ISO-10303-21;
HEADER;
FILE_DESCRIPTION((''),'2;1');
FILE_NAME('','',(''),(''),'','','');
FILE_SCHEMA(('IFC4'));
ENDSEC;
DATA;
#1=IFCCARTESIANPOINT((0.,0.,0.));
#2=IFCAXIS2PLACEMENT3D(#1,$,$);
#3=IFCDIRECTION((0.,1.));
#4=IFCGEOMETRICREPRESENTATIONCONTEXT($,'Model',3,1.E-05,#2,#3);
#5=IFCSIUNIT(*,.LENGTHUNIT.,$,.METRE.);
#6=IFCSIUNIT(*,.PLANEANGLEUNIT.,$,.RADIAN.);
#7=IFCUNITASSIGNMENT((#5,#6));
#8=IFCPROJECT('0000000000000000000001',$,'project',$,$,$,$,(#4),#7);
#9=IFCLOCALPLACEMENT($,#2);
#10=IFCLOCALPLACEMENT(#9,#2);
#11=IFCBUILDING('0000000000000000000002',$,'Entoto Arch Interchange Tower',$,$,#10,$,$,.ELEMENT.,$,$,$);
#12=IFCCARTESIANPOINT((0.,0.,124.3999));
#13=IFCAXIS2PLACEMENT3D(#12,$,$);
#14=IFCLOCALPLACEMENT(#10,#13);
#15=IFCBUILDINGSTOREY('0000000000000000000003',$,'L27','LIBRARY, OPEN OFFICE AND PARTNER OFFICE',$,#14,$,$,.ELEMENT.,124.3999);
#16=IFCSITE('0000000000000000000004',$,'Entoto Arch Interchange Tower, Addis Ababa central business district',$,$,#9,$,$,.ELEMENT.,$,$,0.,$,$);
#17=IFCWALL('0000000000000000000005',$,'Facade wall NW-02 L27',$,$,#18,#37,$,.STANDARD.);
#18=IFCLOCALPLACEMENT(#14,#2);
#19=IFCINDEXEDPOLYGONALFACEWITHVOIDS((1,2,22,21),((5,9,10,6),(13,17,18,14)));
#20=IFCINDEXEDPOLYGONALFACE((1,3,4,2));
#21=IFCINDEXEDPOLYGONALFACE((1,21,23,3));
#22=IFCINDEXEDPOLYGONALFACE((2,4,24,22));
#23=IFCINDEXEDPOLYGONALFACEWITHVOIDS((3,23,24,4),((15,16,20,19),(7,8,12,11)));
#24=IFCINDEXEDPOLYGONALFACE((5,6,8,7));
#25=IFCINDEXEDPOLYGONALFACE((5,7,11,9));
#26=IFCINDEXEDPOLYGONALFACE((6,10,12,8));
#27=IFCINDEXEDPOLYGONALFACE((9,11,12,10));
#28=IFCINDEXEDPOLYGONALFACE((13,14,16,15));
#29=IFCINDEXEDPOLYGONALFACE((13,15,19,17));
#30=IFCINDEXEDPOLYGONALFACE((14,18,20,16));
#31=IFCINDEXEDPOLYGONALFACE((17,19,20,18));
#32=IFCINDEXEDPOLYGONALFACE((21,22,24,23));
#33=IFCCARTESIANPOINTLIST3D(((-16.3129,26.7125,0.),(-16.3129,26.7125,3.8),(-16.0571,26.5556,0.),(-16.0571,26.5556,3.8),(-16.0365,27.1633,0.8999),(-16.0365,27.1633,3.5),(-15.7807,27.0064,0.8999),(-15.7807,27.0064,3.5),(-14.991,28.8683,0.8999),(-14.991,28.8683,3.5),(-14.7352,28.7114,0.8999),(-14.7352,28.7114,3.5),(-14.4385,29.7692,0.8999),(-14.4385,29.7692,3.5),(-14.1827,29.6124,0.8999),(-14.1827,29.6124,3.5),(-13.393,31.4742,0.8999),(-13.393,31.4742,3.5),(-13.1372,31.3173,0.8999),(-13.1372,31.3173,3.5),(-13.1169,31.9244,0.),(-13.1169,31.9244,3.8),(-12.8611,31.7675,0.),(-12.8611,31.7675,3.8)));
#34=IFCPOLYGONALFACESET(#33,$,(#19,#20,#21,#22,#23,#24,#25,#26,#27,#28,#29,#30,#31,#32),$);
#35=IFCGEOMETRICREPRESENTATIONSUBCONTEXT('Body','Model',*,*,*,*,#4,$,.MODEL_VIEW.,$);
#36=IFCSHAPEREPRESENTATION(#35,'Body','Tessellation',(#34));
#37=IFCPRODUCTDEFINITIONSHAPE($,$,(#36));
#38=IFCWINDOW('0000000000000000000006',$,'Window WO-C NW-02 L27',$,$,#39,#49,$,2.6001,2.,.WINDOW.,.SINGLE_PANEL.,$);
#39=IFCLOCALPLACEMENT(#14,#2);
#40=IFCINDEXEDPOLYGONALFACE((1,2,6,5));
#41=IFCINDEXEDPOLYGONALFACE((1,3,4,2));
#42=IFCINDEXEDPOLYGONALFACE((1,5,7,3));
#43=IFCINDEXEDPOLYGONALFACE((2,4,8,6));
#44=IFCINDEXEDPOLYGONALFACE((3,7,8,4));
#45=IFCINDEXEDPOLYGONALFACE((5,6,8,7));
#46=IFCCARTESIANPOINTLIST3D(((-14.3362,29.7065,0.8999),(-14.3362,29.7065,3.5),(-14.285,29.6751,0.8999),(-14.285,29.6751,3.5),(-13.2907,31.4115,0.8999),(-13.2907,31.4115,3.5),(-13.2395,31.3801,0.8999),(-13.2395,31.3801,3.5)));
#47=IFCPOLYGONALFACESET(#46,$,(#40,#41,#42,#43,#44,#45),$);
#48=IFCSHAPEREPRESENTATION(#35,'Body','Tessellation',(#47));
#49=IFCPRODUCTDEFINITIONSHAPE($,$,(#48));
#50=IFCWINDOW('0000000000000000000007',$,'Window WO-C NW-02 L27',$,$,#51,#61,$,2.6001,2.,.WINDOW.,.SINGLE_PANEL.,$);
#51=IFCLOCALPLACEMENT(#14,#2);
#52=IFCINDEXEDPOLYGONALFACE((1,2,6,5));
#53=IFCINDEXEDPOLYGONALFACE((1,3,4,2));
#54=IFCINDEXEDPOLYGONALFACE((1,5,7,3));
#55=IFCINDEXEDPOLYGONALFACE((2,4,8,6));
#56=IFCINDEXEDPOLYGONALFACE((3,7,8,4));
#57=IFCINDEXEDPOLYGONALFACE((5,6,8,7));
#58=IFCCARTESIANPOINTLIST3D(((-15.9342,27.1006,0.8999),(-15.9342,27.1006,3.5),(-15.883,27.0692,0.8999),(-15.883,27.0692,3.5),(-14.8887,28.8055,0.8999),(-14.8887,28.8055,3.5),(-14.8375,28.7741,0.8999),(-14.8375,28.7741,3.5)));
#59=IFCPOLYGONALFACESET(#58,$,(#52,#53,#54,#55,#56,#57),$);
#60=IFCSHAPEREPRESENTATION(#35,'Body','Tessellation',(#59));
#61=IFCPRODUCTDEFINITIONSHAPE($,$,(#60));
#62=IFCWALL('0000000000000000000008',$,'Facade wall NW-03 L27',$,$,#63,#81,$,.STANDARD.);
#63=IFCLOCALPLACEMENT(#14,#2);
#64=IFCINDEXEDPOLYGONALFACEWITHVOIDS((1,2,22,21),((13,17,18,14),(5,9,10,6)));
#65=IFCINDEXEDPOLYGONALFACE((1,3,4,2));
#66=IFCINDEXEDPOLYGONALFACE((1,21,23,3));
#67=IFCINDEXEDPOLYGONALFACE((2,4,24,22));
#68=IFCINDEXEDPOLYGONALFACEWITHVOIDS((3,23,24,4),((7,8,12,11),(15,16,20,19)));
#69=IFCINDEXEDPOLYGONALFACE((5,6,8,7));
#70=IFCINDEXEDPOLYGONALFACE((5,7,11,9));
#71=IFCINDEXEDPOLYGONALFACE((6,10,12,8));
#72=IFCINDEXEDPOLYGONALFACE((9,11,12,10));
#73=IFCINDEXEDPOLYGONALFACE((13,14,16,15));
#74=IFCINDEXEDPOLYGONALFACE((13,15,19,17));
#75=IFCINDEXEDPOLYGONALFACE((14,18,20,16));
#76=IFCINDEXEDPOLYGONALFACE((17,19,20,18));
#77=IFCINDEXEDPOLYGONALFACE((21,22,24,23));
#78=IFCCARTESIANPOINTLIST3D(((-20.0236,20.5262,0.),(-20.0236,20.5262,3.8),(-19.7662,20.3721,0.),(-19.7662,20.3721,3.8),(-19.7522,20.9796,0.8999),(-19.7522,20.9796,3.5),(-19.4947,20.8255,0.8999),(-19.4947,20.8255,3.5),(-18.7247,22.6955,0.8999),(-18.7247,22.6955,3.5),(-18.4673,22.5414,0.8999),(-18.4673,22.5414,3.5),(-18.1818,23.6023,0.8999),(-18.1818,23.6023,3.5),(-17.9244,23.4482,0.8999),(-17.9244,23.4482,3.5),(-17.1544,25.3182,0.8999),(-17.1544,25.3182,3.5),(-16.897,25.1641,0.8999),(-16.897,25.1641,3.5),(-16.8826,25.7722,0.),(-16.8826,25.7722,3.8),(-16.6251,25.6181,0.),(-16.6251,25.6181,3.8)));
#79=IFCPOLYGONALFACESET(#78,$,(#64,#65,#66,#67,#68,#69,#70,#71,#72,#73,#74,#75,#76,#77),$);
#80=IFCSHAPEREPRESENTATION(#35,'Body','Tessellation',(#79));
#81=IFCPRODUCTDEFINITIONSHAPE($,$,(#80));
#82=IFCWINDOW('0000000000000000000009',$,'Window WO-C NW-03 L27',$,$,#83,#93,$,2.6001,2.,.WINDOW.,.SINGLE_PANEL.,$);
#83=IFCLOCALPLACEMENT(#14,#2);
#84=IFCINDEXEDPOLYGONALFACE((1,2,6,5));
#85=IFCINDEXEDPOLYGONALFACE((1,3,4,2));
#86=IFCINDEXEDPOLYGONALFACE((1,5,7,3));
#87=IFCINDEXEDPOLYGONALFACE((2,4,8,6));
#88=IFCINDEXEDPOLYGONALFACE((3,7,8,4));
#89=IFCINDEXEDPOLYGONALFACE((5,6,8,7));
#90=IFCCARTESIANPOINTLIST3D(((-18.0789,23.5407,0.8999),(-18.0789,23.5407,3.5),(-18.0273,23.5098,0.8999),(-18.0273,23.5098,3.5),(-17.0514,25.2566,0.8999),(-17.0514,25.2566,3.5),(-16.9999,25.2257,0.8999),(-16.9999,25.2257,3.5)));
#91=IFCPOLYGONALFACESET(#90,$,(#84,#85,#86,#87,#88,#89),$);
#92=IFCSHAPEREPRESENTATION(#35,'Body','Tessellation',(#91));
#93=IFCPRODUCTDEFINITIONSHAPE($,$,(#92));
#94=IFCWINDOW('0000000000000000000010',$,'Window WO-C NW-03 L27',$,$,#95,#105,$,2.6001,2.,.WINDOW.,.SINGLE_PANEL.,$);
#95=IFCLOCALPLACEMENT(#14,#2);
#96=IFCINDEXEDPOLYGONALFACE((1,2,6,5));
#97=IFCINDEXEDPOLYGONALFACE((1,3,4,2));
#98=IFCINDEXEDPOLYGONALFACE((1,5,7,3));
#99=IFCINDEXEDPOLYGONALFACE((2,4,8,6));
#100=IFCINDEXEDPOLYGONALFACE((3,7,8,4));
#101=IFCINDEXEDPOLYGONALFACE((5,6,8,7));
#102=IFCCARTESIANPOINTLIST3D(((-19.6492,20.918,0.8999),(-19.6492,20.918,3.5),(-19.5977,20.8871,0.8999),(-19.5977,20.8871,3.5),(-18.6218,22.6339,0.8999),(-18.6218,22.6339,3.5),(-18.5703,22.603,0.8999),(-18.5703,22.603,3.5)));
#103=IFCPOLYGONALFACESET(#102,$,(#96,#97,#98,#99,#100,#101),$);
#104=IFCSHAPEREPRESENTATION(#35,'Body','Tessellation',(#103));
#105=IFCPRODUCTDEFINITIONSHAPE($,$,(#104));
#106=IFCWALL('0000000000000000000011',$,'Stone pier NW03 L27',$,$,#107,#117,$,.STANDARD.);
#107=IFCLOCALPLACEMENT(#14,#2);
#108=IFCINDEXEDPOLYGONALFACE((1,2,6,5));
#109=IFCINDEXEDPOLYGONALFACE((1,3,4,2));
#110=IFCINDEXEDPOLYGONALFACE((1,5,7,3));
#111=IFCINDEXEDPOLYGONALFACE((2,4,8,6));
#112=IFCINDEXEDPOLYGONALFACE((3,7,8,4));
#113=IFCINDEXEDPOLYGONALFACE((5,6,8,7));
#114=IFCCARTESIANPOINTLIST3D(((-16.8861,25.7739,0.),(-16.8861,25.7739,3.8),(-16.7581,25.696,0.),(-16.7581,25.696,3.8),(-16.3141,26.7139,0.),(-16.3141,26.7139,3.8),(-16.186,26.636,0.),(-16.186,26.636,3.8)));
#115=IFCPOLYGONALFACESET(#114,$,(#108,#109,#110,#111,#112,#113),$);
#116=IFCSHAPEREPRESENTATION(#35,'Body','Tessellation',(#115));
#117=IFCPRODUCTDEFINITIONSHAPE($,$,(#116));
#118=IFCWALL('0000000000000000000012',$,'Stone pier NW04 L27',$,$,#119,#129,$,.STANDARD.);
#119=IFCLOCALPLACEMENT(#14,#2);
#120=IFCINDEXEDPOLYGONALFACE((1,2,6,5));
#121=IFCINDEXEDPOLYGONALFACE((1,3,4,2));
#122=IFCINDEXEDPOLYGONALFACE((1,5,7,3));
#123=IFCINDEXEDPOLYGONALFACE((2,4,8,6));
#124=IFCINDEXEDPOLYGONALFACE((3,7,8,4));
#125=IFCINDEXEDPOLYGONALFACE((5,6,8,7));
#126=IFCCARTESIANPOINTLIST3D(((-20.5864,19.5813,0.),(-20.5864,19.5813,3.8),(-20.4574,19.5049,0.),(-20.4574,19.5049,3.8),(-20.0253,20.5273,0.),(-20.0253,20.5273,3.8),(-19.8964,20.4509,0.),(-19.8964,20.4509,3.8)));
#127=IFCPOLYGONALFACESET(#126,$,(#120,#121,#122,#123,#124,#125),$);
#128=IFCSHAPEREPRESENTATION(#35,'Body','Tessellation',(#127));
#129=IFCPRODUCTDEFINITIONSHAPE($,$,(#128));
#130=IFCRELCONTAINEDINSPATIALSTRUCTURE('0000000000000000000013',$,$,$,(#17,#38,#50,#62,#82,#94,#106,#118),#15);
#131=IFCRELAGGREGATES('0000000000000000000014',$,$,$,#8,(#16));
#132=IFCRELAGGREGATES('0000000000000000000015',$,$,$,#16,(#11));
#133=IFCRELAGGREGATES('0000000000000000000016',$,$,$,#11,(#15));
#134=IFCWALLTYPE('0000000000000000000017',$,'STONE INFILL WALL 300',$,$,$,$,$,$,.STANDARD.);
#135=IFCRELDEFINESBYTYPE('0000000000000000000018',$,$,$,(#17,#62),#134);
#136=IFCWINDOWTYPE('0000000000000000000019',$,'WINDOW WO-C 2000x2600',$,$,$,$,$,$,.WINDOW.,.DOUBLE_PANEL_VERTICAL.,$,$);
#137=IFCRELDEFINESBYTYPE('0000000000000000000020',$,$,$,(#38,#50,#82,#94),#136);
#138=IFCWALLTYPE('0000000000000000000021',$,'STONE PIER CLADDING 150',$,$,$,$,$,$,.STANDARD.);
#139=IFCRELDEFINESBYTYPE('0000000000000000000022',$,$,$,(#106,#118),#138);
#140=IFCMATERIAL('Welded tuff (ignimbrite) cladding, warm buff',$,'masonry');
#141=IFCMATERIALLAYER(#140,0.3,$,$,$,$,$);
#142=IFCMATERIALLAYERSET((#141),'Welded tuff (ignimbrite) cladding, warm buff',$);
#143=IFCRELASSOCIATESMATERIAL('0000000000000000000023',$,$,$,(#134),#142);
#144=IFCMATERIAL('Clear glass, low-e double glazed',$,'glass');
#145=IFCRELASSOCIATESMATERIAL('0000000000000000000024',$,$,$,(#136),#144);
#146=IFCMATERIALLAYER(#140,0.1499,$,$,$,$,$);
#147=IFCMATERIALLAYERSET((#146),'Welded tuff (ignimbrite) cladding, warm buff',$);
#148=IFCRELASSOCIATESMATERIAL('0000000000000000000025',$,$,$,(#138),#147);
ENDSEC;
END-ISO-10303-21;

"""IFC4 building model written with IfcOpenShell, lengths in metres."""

from ifc_helpers import new_model, si_unit, direction, frame, frame_2d, origin, place, context, subcontext, project, spatial, rectangle, extrude, material, layer, layer_set, type_object, element, fill, save


model = new_model("IFC4")

# Units and contexts
model_context = context("Model", 3, precision=1e-05, world=origin(), true_north=direction((0.0, 1.0)))
body_context = subcontext(model_context, "Body", "Model", "MODEL_VIEW")
ifc_project = project(units=[si_unit("LENGTHUNIT", "METRE"), si_unit("PLANEANGLEUNIT", "RADIAN")], contexts=[model_context])

# Site, building, storey
site_placement = place(None, origin())
site = spatial("IfcSite", under=ifc_project, at=site_placement, Name="Entoto Arch Interchange Tower, Addis Ababa central business district", CompositionType="ELEMENT", RefElevation=0.0)
building_placement = place(site_placement, origin())
building = spatial("IfcBuilding", under=site, at=building_placement, Name="Entoto Arch Interchange Tower", CompositionType="ELEMENT")
storey_placement = place(building_placement, frame((0.0, 0.0, 124.3999)))
storey = spatial("IfcBuildingStorey", under=building, at=storey_placement, Name="L27", Description="LIBRARY, OPEN OFFICE AND PARTNER OFFICE", CompositionType="ELEMENT", Elevation=124.3999)

# Walls, openings, windows
ifc_material_1 = material(Name="Welded tuff (ignimbrite) cladding, warm buff", Category="masonry")
ifc_layer_1 = layer(ifc_material_1, 0.3)
ifc_layer_set_1 = layer_set([ifc_layer_1], Name="Welded tuff (ignimbrite) cladding, warm buff")
wall_type_1 = type_object("IfcWallType", Name="STONE INFILL WALL 300", PredefinedType="STANDARD", material=ifc_layer_set_1)
wall_1_placement = place(storey_placement, frame((-12.989, 31.8459, 0.0), z_axis=(0.0, 0.0, 1.0), x_axis=(-0.522758, -0.852481, 0.0)))
wall_1 = element("IfcWall", 1, at=wall_1_placement, inside=storey, type_object=wall_type_1, Name="Facade wall NW-02 L27", PredefinedType="STANDARD", context=body_context, shape_type="SweptSolid", body=[
    extrude(rectangle(XDim=6.1138, YDim=0.3, at=frame_2d((3.0569, 0.0))), origin(), (0.0, 0.0, 1.0), 3.8),
])
opening_1_placement = place(wall_1_placement, frame((0.5281, 0.0, 0.8999)))
opening_1 = element("IfcOpeningElement", 2, at=opening_1_placement, cuts=wall_1, PredefinedType="OPENING", context=body_context, shape_type="SweptSolid", body=[
    extrude(rectangle(XDim=2.0, YDim=2.6001, at=frame_2d((1.0, 1.3))), frame((0.0, 0.1602, 0.0), z_axis=(0.0, -1.0, 0.0), x_axis=(1.0, 0.0, 0.0)), (0.0, 0.0, 1.0), 0.3201),
])
opening_2_placement = place(wall_1_placement, frame((3.585, 0.0, 0.8999)))
opening_2 = element("IfcOpeningElement", 3, at=opening_2_placement, cuts=wall_1, PredefinedType="OPENING", context=body_context, shape_type="SweptSolid", body=[
    extrude(rectangle(XDim=2.0, YDim=2.6001, at=frame_2d((1.0, 1.3))), frame((0.0, 0.1602, 0.0), z_axis=(0.0, -1.0, 0.0), x_axis=(1.0, 0.0, 0.0)), (0.0, 0.0, 1.0), 0.3201),
])
ifc_material_2 = material(Name="Clear glass, low-e double glazed", Category="glass")
window_type = type_object("IfcWindowType", Name="WINDOW WO-C 2000x2600", PartitioningType="DOUBLE_PANEL_VERTICAL", PredefinedType="WINDOW", material=ifc_material_2)
window_1_placement = place(opening_1_placement, origin())
window_1 = element("IfcWindow", 4, at=window_1_placement, inside=storey, type_object=window_type, Name="Window WO-C NW-02 L27", OverallHeight=2.6001, OverallWidth=2.0, PartitioningType="SINGLE_PANEL", PredefinedType="WINDOW", context=body_context, shape_type="SweptSolid", body=[
    extrude(rectangle(XDim=2.0, YDim=2.6001, at=frame_2d((1.0, 1.3))), frame((0.0, 0.03, 0.0), z_axis=(0.0, -1.0, 0.0), x_axis=(1.0, 0.0, 0.0)), (0.0, 0.0, 1.0), 0.0601),
])
fill(opening_1, window_1)
window_2_placement = place(opening_2_placement, origin())
window_2 = element("IfcWindow", 5, at=window_2_placement, inside=storey, type_object=window_type, Name="Window WO-C NW-02 L27", OverallHeight=2.6001, OverallWidth=2.0, PartitioningType="SINGLE_PANEL", PredefinedType="WINDOW", context=body_context, shape_type="SweptSolid", body=[
    extrude(rectangle(XDim=2.0, YDim=2.6001, at=frame_2d((1.0, 1.3))), frame((0.0, 0.03, 0.0), z_axis=(0.0, -1.0, 0.0), x_axis=(1.0, 0.0, 0.0)), (0.0, 0.0, 1.0), 0.0601),
])
fill(opening_2, window_2)
wall_2_placement = place(storey_placement, frame((-16.7539, 25.6951, 0.0), z_axis=(0.0, 0.0, 1.0), x_axis=(-0.513709, -0.857965, 0.0)))
wall_2 = element("IfcWall", 6, at=wall_2_placement, inside=storey, type_object=wall_type_1, Name="Facade wall NW-03 L27", PredefinedType="STANDARD", context=body_context, shape_type="SweptSolid", body=[
    extrude(rectangle(XDim=6.1145, YDim=0.3, at=frame_2d((3.0571, 0.0))), origin(), (0.0, 0.0, 1.0), 3.8),
])
opening_3_placement = place(wall_2_placement, frame((0.5291, 0.0, 0.8999)))
opening_3 = element("IfcOpeningElement", 7, at=opening_3_placement, cuts=wall_2, PredefinedType="OPENING", context=body_context, shape_type="SweptSolid", body=[
    extrude(rectangle(XDim=2.0, YDim=2.6001, at=frame_2d((1.0, 1.3))), frame((0.0, 0.1602, 0.0), z_axis=(0.0, -1.0, 0.0), x_axis=(1.0, 0.0, 0.0)), (0.0, 0.0, 1.0), 0.3201),
])
opening_4_placement = place(wall_2_placement, frame((3.5859, 0.0, 0.8999)))
opening_4 = element("IfcOpeningElement", 8, at=opening_4_placement, cuts=wall_2, PredefinedType="OPENING", context=body_context, shape_type="SweptSolid", body=[
    extrude(rectangle(XDim=2.0, YDim=2.6001, at=frame_2d((1.0, 1.3))), frame((0.0, 0.1602, 0.0), z_axis=(0.0, -1.0, 0.0), x_axis=(1.0, 0.0, 0.0)), (0.0, 0.0, 1.0), 0.3201),
])
window_3_placement = place(opening_3_placement, origin())
window_3 = element("IfcWindow", 9, at=window_3_placement, inside=storey, type_object=window_type, Name="Window WO-C NW-03 L27", OverallHeight=2.6001, OverallWidth=2.0, PartitioningType="SINGLE_PANEL", PredefinedType="WINDOW", context=body_context, shape_type="SweptSolid", body=[
    extrude(rectangle(XDim=2.0, YDim=2.6001, at=frame_2d((1.0, 1.3))), frame((0.0, 0.03, 0.0), z_axis=(0.0, -1.0, 0.0), x_axis=(1.0, 0.0, 0.0)), (0.0, 0.0, 1.0), 0.0601),
])
fill(opening_3, window_3)
window_4_placement = place(opening_4_placement, origin())
window_4 = element("IfcWindow", 10, at=window_4_placement, inside=storey, type_object=window_type, Name="Window WO-C NW-03 L27", OverallHeight=2.6001, OverallWidth=2.0, PartitioningType="SINGLE_PANEL", PredefinedType="WINDOW", context=body_context, shape_type="SweptSolid", body=[
    extrude(rectangle(XDim=2.0, YDim=2.6001, at=frame_2d((1.0, 1.3))), frame((0.0, 0.03, 0.0), z_axis=(0.0, -1.0, 0.0), x_axis=(1.0, 0.0, 0.0)), (0.0, 0.0, 1.0), 0.0601),
])
fill(opening_4, window_4)

# Walls
ifc_layer_2 = layer(ifc_material_1, 0.1499)
ifc_layer_set_2 = layer_set([ifc_layer_2], Name="Welded tuff (ignimbrite) cladding, warm buff")
wall_type_2 = type_object("IfcWallType", Name="STONE PIER CLADDING 150", PredefinedType="STANDARD", material=ifc_layer_set_2)
wall_3_placement = place(storey_placement, frame((-16.25, 26.675, 0.0), z_axis=(0.0, 0.0, 1.0), x_axis=(-0.51987, -0.854246, 0.0)))
element("IfcWall", 11, at=wall_3_placement, inside=storey, type_object=wall_type_2, Name="Stone pier NW03 L27", PredefinedType="STANDARD", context=body_context, shape_type="SweptSolid", body=[
    extrude(rectangle(XDim=1.1003, YDim=0.1499, at=frame_2d((0.5503, 0.0))), origin(), (0.0, 0.0, 1.0), 3.8),
])
wall_4_placement = place(storey_placement, frame((-19.9609, 20.489, 0.0), z_axis=(0.0, 0.0, 1.0), x_axis=(-0.510082, -0.860126, 0.0)))
element("IfcWall", 12, at=wall_4_placement, inside=storey, type_object=wall_type_2, Name="Stone pier NW04 L27", PredefinedType="STANDARD", context=body_context, shape_type="SweptSolid", body=[
    extrude(rectangle(XDim=1.0999, YDim=0.1499, at=frame_2d((0.5498, 0.0))), origin(), (0.0, 0.0, 1.0), 3.8),
])

save(model, "model.ifc")
